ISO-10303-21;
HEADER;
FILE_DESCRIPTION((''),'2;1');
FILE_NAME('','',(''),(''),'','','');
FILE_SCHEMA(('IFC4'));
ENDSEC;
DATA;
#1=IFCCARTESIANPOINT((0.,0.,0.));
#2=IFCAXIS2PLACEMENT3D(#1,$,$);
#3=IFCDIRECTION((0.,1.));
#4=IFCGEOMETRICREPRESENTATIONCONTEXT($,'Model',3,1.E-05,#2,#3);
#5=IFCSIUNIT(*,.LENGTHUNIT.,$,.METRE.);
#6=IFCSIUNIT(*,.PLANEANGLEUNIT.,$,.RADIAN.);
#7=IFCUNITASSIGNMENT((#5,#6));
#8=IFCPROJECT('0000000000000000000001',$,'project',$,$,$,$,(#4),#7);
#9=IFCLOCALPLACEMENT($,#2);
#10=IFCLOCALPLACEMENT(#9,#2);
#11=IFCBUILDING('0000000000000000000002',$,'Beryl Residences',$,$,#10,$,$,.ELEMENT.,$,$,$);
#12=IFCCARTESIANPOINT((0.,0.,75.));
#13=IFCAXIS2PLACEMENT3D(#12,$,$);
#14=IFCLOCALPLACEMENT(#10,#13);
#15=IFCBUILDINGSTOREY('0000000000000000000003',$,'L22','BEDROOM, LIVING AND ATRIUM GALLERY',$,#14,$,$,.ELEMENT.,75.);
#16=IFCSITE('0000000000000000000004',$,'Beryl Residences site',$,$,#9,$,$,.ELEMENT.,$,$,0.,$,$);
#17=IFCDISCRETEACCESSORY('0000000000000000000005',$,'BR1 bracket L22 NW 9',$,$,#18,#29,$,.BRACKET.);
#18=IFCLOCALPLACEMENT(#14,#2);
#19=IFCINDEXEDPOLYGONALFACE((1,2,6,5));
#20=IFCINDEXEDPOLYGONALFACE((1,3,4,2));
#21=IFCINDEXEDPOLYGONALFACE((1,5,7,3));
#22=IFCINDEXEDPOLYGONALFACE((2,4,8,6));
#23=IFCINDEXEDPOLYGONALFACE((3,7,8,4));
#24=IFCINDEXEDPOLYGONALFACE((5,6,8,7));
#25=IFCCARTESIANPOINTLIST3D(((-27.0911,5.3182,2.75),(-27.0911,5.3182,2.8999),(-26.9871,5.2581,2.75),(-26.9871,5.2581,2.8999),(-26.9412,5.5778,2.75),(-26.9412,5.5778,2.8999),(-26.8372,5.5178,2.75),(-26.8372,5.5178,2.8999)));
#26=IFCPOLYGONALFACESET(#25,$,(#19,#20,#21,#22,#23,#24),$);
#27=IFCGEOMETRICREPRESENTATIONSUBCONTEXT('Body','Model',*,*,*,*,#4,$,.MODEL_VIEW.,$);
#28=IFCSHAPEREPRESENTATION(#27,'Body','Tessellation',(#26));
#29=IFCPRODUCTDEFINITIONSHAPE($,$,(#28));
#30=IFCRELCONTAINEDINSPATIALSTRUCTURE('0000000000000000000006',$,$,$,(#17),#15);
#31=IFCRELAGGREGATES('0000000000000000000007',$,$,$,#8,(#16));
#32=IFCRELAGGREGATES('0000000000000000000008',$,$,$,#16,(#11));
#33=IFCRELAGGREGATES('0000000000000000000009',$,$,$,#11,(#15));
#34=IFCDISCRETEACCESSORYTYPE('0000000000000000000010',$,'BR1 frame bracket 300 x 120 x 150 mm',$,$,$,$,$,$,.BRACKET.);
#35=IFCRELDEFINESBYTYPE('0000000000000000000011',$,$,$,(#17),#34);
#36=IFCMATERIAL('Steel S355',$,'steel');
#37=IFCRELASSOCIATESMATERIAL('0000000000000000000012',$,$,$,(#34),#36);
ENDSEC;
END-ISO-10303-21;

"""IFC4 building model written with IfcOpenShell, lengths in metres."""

from ifc_helpers import new_model, si_unit, direction, frame, origin, place, context, subcontext, project, spatial, polyline, outline, extrude, source, transform, mapped, material, type_object, type_shapes, element, save


model = new_model("IFC4")

# Units and contexts
model_context = context("Model", 3, precision=1e-05, world=origin(), true_north=direction((0.0, 1.0)))
body_context = subcontext(model_context, "Body", "Model", "MODEL_VIEW")
ifc_project = project(units=[si_unit("LENGTHUNIT", "METRE"), si_unit("PLANEANGLEUNIT", "RADIAN")], contexts=[model_context])

# Site, building, storey
site_placement = place(None, origin())
site = spatial("IfcSite", under=ifc_project, at=site_placement, Name="Beryl Residences site", CompositionType="ELEMENT", RefElevation=0.0)
building_placement = place(site_placement, origin())
building = spatial("IfcBuilding", under=site, at=building_placement, Name="Beryl Residences", CompositionType="ELEMENT")
storey_placement = place(building_placement, frame((0.0, 0.0, 75.0)))
storey = spatial("IfcBuildingStorey", under=building, at=storey_placement, Name="L22", Description="BEDROOM, LIVING AND ATRIUM GALLERY", CompositionType="ELEMENT", Elevation=75.0)

# Discrete accessory
ifc_material_1 = material(Name="Steel S355", Category="steel")
discrete_accessory_type = type_object("IfcDiscreteAccessoryType", Name="BR1 frame bracket 300 x 120 x 150 mm", PredefinedType="BRACKET", material=ifc_material_1)
shared_shape_1 = source(origin(), body_context, "Body", "SweptSolid", [
    extrude(outline(polyline([(-0.1499, 0.0), (0.1499, 0.0), (0.1499, 0.1201), (-0.1499, 0.1201), (-0.1499, 0.0)])), origin(), (0.0, 0.0, 1.0), 0.1499),
])
type_shapes(discrete_accessory_type, [shared_shape_1])
discrete_accessory_placement = place(storey_placement, frame((-26.9121, 5.3879, 2.75), z_axis=(0.0, 0.0, 1.0), x_axis=(0.5, 0.866025, 0.0)))
element("IfcDiscreteAccessory", 1, at=discrete_accessory_placement, inside=storey, type_object=discrete_accessory_type, Name="BR1 bracket L22 NW 9", PredefinedType="BRACKET", context=body_context, shape_type="MappedRepresentation", body=[
    mapped(shared_shape_1, transform((0.0, 0.0, 0.0))),
])

save(model, "model.ifc")
